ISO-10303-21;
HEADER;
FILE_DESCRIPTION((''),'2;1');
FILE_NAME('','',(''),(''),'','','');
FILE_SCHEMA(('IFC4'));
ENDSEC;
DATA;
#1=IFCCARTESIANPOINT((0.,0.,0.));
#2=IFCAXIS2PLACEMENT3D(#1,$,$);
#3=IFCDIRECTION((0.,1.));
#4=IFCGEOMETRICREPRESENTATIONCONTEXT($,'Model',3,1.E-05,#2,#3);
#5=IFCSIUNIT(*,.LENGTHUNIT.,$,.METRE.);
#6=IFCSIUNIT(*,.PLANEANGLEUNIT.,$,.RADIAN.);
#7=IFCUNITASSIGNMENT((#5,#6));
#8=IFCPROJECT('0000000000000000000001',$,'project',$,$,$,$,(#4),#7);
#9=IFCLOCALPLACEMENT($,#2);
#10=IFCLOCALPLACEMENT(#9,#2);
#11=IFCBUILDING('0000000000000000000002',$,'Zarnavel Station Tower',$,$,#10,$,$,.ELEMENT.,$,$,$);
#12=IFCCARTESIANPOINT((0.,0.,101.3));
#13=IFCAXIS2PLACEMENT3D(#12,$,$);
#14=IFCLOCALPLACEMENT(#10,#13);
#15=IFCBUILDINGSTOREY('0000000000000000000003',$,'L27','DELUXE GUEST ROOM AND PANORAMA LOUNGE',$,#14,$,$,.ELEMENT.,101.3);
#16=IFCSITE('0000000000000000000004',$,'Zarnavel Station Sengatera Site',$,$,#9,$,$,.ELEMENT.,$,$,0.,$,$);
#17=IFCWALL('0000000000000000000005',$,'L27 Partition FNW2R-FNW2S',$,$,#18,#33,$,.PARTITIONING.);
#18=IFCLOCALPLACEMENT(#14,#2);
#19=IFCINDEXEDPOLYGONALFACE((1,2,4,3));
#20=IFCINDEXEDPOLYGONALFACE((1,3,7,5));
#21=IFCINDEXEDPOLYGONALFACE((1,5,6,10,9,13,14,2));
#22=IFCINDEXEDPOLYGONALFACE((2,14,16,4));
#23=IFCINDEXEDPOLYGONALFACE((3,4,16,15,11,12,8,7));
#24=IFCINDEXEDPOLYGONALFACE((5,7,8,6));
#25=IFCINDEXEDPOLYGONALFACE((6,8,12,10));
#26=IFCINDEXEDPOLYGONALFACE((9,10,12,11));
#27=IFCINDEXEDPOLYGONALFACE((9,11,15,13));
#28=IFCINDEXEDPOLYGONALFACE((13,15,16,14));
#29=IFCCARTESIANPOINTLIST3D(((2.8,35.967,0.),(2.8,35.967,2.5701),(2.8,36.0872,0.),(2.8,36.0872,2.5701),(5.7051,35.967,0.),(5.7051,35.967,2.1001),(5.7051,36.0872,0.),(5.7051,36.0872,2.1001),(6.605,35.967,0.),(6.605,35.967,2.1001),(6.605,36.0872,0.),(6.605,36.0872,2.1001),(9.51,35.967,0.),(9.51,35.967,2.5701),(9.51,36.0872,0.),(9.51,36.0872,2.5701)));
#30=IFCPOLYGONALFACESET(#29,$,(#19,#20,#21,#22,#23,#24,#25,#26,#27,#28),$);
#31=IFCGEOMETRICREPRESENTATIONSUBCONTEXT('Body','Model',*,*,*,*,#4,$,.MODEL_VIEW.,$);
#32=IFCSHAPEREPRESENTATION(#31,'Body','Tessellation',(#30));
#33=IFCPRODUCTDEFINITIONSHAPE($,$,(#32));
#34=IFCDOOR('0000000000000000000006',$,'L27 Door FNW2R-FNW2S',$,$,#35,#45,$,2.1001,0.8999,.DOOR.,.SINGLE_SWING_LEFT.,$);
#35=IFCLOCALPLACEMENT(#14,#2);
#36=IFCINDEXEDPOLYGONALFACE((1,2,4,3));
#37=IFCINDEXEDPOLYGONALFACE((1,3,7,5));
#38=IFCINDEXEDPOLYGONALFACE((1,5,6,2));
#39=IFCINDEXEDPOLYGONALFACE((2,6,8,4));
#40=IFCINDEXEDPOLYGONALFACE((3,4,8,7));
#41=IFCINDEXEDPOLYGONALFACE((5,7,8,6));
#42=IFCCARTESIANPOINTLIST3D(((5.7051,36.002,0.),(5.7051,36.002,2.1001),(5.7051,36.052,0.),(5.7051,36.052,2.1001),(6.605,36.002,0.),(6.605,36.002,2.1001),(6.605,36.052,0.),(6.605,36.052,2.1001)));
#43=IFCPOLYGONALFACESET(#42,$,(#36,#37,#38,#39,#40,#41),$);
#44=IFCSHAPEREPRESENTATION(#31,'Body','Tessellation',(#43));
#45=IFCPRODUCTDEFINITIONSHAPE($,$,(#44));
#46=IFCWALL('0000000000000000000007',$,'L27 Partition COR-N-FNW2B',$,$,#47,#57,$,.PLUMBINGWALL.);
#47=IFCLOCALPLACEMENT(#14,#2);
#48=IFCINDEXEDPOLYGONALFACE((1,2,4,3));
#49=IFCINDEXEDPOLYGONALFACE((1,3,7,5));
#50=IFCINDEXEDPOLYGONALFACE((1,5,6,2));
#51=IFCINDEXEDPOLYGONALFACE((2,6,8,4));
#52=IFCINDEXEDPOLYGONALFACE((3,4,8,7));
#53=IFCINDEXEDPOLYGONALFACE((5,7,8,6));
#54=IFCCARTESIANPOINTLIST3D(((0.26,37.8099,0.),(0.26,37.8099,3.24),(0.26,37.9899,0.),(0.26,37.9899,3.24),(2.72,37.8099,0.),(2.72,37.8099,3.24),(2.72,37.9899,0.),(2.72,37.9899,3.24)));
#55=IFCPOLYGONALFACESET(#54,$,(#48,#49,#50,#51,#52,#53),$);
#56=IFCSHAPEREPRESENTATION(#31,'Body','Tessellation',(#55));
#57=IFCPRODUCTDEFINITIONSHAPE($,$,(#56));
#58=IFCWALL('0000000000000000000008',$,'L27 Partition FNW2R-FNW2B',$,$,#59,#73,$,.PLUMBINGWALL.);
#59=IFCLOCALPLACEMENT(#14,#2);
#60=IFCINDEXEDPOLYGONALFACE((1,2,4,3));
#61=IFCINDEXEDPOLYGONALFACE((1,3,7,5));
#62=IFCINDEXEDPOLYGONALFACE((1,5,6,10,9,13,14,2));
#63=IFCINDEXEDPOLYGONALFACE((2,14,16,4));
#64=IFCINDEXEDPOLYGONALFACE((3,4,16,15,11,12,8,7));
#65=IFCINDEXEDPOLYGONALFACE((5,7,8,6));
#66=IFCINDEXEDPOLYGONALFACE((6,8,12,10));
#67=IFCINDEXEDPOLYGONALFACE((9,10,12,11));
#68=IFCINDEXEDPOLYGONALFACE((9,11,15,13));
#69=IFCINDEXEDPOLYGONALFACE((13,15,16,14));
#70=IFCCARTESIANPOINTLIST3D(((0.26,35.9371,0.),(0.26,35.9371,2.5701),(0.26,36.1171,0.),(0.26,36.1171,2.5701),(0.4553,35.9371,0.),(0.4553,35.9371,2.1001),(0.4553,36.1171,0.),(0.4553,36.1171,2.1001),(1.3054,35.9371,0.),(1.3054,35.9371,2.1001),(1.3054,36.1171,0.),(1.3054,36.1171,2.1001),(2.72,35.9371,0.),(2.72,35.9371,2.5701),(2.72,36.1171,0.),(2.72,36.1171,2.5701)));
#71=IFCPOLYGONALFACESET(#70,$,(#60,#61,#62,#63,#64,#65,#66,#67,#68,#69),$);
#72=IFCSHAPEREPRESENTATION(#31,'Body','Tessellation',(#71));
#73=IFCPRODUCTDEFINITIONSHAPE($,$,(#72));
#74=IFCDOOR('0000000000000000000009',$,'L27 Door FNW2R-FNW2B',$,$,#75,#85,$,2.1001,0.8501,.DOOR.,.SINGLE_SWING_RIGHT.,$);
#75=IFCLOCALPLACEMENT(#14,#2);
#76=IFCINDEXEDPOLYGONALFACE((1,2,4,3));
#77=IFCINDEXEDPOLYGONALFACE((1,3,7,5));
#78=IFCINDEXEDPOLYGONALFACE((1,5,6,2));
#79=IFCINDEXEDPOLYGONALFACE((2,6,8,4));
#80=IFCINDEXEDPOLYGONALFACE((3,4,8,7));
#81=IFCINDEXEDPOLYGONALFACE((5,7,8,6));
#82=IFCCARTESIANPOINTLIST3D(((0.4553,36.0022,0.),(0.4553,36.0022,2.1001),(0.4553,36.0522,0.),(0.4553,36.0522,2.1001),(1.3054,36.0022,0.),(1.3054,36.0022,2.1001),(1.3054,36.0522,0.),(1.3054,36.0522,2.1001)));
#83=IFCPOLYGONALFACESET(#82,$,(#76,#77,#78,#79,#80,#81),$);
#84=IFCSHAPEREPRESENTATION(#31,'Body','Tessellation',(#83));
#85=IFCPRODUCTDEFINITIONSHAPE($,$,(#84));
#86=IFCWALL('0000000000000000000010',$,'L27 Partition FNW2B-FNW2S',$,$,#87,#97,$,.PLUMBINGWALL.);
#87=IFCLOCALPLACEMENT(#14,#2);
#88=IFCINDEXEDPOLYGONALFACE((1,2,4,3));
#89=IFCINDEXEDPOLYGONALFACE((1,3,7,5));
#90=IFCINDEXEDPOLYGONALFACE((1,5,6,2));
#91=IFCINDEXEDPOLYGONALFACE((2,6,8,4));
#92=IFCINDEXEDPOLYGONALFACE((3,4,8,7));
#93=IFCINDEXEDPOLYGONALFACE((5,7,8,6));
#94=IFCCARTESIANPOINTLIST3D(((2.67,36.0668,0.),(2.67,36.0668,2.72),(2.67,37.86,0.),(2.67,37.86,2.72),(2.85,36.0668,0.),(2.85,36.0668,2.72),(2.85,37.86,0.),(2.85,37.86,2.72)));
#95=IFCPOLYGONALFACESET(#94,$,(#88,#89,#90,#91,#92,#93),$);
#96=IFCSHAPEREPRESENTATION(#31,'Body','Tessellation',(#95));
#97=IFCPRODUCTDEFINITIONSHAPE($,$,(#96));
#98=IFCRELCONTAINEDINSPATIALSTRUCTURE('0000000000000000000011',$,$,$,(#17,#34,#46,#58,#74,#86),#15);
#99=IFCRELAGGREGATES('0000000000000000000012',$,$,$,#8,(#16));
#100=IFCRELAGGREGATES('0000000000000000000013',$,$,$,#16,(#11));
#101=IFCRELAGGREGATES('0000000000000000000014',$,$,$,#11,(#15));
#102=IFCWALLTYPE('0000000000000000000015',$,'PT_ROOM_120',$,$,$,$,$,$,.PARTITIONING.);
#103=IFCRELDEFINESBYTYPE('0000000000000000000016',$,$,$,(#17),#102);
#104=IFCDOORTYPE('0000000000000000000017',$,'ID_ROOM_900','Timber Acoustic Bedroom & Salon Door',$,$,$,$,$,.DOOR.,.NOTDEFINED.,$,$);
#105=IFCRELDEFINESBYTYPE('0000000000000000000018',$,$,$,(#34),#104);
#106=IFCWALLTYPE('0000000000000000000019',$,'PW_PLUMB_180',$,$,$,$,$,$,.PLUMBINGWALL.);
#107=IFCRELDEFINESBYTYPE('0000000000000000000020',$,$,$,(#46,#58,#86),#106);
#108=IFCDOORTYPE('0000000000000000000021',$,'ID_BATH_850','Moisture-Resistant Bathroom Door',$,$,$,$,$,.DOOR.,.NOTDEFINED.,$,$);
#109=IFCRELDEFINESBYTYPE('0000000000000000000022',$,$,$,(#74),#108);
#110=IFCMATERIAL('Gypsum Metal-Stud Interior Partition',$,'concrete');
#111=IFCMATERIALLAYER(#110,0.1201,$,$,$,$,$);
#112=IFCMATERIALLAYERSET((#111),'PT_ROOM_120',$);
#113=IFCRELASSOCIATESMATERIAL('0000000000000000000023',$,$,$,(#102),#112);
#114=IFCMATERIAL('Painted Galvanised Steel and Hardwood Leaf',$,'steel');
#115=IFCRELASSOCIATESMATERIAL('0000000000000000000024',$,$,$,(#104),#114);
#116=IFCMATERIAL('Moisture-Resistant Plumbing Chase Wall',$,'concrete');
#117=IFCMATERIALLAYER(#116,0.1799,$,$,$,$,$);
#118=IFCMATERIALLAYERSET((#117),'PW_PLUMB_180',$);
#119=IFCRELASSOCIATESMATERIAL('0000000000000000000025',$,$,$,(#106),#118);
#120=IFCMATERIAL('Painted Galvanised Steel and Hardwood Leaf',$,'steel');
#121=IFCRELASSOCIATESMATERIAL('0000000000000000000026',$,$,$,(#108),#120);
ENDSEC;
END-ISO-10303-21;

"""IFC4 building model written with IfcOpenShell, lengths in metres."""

from ifc_helpers import new_model, si_unit, direction, frame, frame_2d, origin, place, context, subcontext, project, spatial, rectangle, extrude, material, layer, layer_set, type_object, element, fill, save


model = new_model("IFC4")

# Units and contexts
model_context = context("Model", 3, precision=1e-05, world=origin(), true_north=direction((0.0, 1.0)))
body_context = subcontext(model_context, "Body", "Model", "MODEL_VIEW")
ifc_project = project(units=[si_unit("LENGTHUNIT", "METRE"), si_unit("PLANEANGLEUNIT", "RADIAN")], contexts=[model_context])

# Site, building, storey
site_placement = place(None, origin())
site = spatial("IfcSite", under=ifc_project, at=site_placement, Name="Zarnavel Station Sengatera Site", CompositionType="ELEMENT", RefElevation=0.0)
building_placement = place(site_placement, origin())
building = spatial("IfcBuilding", under=site, at=building_placement, Name="Zarnavel Station Tower", CompositionType="ELEMENT")
storey_placement = place(building_placement, frame((0.0, 0.0, 101.3)))
storey = spatial("IfcBuildingStorey", under=building, at=storey_placement, Name="L27", Description="DELUXE GUEST ROOM AND PANORAMA LOUNGE", CompositionType="ELEMENT", Elevation=101.3)

# Wall, opening, door
ifc_material_1 = material(Name="Gypsum Metal-Stud Interior Partition", Category="concrete")
ifc_layer_1 = layer(ifc_material_1, 0.1201)
ifc_layer_set_1 = layer_set([ifc_layer_1], Name="PT_ROOM_120")
wall_type_1 = type_object("IfcWallType", Name="PT_ROOM_120", PredefinedType="PARTITIONING", material=ifc_layer_set_1)
ifc_material_2 = material(Name="Painted Galvanised Steel and Hardwood Leaf", Category="steel")
door_type_1 = type_object("IfcDoorType", Name="ID_ROOM_900", Description="Timber Acoustic Bedroom & Salon Door", OperationType="NOTDEFINED", PredefinedType="DOOR", material=ifc_material_2)
wall_1_placement = place(storey_placement, frame((2.8, 36.0271, 0.0), z_axis=(0.0, 0.0, 1.0), x_axis=(1.0, 0.0, 0.0)))
wall_1 = element("IfcWall", 1, at=wall_1_placement, inside=storey, type_object=wall_type_1, Name="L27 Partition FNW2R-FNW2S", PredefinedType="PARTITIONING", context=body_context, shape_type="SweptSolid", body=[
    extrude(rectangle(XDim=6.71, YDim=0.1201, at=frame_2d((3.355, 0.0))), origin(), (0.0, 0.0, 1.0), 2.5701),
])
opening_1_placement = place(wall_1_placement, frame((2.905, 0.0, 0.0)))
opening_1 = element("IfcOpeningElement", 2, at=opening_1_placement, cuts=wall_1, PredefinedType="OPENING", context=body_context, shape_type="SweptSolid", body=[
    extrude(rectangle(XDim=0.8999, YDim=2.1001, at=frame_2d((0.45, 1.05))), frame((0.0, 0.0701, 0.0), z_axis=(0.0, -1.0, 0.0), x_axis=(1.0, 0.0, 0.0)), (0.0, 0.0, 1.0), 0.1401),
])
door_1_placement = place(opening_1_placement, origin())
door_1 = element("IfcDoor", 3, at=door_1_placement, inside=storey, type_object=door_type_1, Name="L27 Door FNW2R-FNW2S", OperationType="SINGLE_SWING_LEFT", OverallHeight=2.1001, OverallWidth=0.8999, PredefinedType="DOOR", context=body_context, shape_type="SweptSolid", body=[
    extrude(rectangle(XDim=0.8999, YDim=2.1001, at=frame_2d((0.45, 1.05))), frame((0.0, 0.0249, 0.0), z_axis=(0.0, -1.0, 0.0), x_axis=(1.0, 0.0, 0.0)), (0.0, 0.0, 1.0), 0.05),
])
fill(opening_1, door_1)

# Wall
ifc_material_3 = material(Name="Moisture-Resistant Plumbing Chase Wall", Category="concrete")
ifc_layer_2 = layer(ifc_material_3, 0.1799)
ifc_layer_set_2 = layer_set([ifc_layer_2], Name="PW_PLUMB_180")
wall_type_2 = type_object("IfcWallType", Name="PW_PLUMB_180", PredefinedType="PLUMBINGWALL", material=ifc_layer_set_2)
wall_2_placement = place(storey_placement, frame((0.26, 37.8999, 0.0), z_axis=(0.0, 0.0, 1.0), x_axis=(1.0, 0.0, 0.0)))
element("IfcWall", 4, at=wall_2_placement, inside=storey, type_object=wall_type_2, Name="L27 Partition COR-N-FNW2B", PredefinedType="PLUMBINGWALL", context=body_context, shape_type="SweptSolid", body=[
    extrude(rectangle(XDim=2.46, YDim=0.1799, at=frame_2d((1.23, 0.0))), origin(), (0.0, 0.0, 1.0), 3.24),
])

# Wall, opening, door
wall_3_placement = place(storey_placement, frame((2.72, 36.0271, 0.0), z_axis=(0.0, 0.0, 1.0), x_axis=(-1.0, 0.0, 0.0)))
wall_3 = element("IfcWall", 5, at=wall_3_placement, inside=storey, type_object=wall_type_2, Name="L27 Partition FNW2R-FNW2B", PredefinedType="PLUMBINGWALL", context=body_context, shape_type="SweptSolid", body=[
    extrude(rectangle(XDim=2.46, YDim=0.1799, at=frame_2d((1.23, 0.0))), origin(), (0.0, 0.0, 1.0), 2.5701),
])
opening_2_placement = place(wall_3_placement, frame((1.4146, 0.0, 0.0)))
opening_2 = element("IfcOpeningElement", 6, at=opening_2_placement, cuts=wall_3, PredefinedType="OPENING", context=body_context, shape_type="SweptSolid", body=[
    extrude(rectangle(XDim=0.8501, YDim=2.1001, at=frame_2d((0.425, 1.05))), frame((0.0, 0.0999, 0.0), z_axis=(0.0, -1.0, 0.0), x_axis=(1.0, 0.0, 0.0)), (0.0, 0.0, 1.0), 0.2),
])
ifc_material_4 = material(Name="Painted Galvanised Steel and Hardwood Leaf", Category="steel")
door_type_2 = type_object("IfcDoorType", Name="ID_BATH_850", Description="Moisture-Resistant Bathroom Door", OperationType="NOTDEFINED", PredefinedType="DOOR", material=ifc_material_4)
door_2_placement = place(opening_2_placement, origin())
door_2 = element("IfcDoor", 7, at=door_2_placement, inside=storey, type_object=door_type_2, Name="L27 Door FNW2R-FNW2B", OperationType="SINGLE_SWING_RIGHT", OverallHeight=2.1001, OverallWidth=0.8501, PredefinedType="DOOR", context=body_context, shape_type="SweptSolid", body=[
    extrude(rectangle(XDim=0.8501, YDim=2.1001, at=frame_2d((0.425, 1.05))), frame((0.0, 0.0249, 0.0), z_axis=(0.0, -1.0, 0.0), x_axis=(1.0, 0.0, 0.0)), (0.0, 0.0, 1.0), 0.05),
])
fill(opening_2, door_2)

# Wall
wall_4_placement = place(storey_placement, frame((2.76, 36.0669, 0.0), z_axis=(0.0, 0.0, 1.0), x_axis=(0.0, 1.0, 0.0)))
element("IfcWall", 8, at=wall_4_placement, inside=storey, type_object=wall_type_2, Name="L27 Partition FNW2B-FNW2S", PredefinedType="PLUMBINGWALL", context=body_context, shape_type="SweptSolid", body=[
    extrude(rectangle(XDim=1.7932, YDim=0.1799, at=frame_2d((0.8965, 0.0))), origin(), (0.0, 0.0, 1.0), 2.72),
])

save(model, "model.ifc")
